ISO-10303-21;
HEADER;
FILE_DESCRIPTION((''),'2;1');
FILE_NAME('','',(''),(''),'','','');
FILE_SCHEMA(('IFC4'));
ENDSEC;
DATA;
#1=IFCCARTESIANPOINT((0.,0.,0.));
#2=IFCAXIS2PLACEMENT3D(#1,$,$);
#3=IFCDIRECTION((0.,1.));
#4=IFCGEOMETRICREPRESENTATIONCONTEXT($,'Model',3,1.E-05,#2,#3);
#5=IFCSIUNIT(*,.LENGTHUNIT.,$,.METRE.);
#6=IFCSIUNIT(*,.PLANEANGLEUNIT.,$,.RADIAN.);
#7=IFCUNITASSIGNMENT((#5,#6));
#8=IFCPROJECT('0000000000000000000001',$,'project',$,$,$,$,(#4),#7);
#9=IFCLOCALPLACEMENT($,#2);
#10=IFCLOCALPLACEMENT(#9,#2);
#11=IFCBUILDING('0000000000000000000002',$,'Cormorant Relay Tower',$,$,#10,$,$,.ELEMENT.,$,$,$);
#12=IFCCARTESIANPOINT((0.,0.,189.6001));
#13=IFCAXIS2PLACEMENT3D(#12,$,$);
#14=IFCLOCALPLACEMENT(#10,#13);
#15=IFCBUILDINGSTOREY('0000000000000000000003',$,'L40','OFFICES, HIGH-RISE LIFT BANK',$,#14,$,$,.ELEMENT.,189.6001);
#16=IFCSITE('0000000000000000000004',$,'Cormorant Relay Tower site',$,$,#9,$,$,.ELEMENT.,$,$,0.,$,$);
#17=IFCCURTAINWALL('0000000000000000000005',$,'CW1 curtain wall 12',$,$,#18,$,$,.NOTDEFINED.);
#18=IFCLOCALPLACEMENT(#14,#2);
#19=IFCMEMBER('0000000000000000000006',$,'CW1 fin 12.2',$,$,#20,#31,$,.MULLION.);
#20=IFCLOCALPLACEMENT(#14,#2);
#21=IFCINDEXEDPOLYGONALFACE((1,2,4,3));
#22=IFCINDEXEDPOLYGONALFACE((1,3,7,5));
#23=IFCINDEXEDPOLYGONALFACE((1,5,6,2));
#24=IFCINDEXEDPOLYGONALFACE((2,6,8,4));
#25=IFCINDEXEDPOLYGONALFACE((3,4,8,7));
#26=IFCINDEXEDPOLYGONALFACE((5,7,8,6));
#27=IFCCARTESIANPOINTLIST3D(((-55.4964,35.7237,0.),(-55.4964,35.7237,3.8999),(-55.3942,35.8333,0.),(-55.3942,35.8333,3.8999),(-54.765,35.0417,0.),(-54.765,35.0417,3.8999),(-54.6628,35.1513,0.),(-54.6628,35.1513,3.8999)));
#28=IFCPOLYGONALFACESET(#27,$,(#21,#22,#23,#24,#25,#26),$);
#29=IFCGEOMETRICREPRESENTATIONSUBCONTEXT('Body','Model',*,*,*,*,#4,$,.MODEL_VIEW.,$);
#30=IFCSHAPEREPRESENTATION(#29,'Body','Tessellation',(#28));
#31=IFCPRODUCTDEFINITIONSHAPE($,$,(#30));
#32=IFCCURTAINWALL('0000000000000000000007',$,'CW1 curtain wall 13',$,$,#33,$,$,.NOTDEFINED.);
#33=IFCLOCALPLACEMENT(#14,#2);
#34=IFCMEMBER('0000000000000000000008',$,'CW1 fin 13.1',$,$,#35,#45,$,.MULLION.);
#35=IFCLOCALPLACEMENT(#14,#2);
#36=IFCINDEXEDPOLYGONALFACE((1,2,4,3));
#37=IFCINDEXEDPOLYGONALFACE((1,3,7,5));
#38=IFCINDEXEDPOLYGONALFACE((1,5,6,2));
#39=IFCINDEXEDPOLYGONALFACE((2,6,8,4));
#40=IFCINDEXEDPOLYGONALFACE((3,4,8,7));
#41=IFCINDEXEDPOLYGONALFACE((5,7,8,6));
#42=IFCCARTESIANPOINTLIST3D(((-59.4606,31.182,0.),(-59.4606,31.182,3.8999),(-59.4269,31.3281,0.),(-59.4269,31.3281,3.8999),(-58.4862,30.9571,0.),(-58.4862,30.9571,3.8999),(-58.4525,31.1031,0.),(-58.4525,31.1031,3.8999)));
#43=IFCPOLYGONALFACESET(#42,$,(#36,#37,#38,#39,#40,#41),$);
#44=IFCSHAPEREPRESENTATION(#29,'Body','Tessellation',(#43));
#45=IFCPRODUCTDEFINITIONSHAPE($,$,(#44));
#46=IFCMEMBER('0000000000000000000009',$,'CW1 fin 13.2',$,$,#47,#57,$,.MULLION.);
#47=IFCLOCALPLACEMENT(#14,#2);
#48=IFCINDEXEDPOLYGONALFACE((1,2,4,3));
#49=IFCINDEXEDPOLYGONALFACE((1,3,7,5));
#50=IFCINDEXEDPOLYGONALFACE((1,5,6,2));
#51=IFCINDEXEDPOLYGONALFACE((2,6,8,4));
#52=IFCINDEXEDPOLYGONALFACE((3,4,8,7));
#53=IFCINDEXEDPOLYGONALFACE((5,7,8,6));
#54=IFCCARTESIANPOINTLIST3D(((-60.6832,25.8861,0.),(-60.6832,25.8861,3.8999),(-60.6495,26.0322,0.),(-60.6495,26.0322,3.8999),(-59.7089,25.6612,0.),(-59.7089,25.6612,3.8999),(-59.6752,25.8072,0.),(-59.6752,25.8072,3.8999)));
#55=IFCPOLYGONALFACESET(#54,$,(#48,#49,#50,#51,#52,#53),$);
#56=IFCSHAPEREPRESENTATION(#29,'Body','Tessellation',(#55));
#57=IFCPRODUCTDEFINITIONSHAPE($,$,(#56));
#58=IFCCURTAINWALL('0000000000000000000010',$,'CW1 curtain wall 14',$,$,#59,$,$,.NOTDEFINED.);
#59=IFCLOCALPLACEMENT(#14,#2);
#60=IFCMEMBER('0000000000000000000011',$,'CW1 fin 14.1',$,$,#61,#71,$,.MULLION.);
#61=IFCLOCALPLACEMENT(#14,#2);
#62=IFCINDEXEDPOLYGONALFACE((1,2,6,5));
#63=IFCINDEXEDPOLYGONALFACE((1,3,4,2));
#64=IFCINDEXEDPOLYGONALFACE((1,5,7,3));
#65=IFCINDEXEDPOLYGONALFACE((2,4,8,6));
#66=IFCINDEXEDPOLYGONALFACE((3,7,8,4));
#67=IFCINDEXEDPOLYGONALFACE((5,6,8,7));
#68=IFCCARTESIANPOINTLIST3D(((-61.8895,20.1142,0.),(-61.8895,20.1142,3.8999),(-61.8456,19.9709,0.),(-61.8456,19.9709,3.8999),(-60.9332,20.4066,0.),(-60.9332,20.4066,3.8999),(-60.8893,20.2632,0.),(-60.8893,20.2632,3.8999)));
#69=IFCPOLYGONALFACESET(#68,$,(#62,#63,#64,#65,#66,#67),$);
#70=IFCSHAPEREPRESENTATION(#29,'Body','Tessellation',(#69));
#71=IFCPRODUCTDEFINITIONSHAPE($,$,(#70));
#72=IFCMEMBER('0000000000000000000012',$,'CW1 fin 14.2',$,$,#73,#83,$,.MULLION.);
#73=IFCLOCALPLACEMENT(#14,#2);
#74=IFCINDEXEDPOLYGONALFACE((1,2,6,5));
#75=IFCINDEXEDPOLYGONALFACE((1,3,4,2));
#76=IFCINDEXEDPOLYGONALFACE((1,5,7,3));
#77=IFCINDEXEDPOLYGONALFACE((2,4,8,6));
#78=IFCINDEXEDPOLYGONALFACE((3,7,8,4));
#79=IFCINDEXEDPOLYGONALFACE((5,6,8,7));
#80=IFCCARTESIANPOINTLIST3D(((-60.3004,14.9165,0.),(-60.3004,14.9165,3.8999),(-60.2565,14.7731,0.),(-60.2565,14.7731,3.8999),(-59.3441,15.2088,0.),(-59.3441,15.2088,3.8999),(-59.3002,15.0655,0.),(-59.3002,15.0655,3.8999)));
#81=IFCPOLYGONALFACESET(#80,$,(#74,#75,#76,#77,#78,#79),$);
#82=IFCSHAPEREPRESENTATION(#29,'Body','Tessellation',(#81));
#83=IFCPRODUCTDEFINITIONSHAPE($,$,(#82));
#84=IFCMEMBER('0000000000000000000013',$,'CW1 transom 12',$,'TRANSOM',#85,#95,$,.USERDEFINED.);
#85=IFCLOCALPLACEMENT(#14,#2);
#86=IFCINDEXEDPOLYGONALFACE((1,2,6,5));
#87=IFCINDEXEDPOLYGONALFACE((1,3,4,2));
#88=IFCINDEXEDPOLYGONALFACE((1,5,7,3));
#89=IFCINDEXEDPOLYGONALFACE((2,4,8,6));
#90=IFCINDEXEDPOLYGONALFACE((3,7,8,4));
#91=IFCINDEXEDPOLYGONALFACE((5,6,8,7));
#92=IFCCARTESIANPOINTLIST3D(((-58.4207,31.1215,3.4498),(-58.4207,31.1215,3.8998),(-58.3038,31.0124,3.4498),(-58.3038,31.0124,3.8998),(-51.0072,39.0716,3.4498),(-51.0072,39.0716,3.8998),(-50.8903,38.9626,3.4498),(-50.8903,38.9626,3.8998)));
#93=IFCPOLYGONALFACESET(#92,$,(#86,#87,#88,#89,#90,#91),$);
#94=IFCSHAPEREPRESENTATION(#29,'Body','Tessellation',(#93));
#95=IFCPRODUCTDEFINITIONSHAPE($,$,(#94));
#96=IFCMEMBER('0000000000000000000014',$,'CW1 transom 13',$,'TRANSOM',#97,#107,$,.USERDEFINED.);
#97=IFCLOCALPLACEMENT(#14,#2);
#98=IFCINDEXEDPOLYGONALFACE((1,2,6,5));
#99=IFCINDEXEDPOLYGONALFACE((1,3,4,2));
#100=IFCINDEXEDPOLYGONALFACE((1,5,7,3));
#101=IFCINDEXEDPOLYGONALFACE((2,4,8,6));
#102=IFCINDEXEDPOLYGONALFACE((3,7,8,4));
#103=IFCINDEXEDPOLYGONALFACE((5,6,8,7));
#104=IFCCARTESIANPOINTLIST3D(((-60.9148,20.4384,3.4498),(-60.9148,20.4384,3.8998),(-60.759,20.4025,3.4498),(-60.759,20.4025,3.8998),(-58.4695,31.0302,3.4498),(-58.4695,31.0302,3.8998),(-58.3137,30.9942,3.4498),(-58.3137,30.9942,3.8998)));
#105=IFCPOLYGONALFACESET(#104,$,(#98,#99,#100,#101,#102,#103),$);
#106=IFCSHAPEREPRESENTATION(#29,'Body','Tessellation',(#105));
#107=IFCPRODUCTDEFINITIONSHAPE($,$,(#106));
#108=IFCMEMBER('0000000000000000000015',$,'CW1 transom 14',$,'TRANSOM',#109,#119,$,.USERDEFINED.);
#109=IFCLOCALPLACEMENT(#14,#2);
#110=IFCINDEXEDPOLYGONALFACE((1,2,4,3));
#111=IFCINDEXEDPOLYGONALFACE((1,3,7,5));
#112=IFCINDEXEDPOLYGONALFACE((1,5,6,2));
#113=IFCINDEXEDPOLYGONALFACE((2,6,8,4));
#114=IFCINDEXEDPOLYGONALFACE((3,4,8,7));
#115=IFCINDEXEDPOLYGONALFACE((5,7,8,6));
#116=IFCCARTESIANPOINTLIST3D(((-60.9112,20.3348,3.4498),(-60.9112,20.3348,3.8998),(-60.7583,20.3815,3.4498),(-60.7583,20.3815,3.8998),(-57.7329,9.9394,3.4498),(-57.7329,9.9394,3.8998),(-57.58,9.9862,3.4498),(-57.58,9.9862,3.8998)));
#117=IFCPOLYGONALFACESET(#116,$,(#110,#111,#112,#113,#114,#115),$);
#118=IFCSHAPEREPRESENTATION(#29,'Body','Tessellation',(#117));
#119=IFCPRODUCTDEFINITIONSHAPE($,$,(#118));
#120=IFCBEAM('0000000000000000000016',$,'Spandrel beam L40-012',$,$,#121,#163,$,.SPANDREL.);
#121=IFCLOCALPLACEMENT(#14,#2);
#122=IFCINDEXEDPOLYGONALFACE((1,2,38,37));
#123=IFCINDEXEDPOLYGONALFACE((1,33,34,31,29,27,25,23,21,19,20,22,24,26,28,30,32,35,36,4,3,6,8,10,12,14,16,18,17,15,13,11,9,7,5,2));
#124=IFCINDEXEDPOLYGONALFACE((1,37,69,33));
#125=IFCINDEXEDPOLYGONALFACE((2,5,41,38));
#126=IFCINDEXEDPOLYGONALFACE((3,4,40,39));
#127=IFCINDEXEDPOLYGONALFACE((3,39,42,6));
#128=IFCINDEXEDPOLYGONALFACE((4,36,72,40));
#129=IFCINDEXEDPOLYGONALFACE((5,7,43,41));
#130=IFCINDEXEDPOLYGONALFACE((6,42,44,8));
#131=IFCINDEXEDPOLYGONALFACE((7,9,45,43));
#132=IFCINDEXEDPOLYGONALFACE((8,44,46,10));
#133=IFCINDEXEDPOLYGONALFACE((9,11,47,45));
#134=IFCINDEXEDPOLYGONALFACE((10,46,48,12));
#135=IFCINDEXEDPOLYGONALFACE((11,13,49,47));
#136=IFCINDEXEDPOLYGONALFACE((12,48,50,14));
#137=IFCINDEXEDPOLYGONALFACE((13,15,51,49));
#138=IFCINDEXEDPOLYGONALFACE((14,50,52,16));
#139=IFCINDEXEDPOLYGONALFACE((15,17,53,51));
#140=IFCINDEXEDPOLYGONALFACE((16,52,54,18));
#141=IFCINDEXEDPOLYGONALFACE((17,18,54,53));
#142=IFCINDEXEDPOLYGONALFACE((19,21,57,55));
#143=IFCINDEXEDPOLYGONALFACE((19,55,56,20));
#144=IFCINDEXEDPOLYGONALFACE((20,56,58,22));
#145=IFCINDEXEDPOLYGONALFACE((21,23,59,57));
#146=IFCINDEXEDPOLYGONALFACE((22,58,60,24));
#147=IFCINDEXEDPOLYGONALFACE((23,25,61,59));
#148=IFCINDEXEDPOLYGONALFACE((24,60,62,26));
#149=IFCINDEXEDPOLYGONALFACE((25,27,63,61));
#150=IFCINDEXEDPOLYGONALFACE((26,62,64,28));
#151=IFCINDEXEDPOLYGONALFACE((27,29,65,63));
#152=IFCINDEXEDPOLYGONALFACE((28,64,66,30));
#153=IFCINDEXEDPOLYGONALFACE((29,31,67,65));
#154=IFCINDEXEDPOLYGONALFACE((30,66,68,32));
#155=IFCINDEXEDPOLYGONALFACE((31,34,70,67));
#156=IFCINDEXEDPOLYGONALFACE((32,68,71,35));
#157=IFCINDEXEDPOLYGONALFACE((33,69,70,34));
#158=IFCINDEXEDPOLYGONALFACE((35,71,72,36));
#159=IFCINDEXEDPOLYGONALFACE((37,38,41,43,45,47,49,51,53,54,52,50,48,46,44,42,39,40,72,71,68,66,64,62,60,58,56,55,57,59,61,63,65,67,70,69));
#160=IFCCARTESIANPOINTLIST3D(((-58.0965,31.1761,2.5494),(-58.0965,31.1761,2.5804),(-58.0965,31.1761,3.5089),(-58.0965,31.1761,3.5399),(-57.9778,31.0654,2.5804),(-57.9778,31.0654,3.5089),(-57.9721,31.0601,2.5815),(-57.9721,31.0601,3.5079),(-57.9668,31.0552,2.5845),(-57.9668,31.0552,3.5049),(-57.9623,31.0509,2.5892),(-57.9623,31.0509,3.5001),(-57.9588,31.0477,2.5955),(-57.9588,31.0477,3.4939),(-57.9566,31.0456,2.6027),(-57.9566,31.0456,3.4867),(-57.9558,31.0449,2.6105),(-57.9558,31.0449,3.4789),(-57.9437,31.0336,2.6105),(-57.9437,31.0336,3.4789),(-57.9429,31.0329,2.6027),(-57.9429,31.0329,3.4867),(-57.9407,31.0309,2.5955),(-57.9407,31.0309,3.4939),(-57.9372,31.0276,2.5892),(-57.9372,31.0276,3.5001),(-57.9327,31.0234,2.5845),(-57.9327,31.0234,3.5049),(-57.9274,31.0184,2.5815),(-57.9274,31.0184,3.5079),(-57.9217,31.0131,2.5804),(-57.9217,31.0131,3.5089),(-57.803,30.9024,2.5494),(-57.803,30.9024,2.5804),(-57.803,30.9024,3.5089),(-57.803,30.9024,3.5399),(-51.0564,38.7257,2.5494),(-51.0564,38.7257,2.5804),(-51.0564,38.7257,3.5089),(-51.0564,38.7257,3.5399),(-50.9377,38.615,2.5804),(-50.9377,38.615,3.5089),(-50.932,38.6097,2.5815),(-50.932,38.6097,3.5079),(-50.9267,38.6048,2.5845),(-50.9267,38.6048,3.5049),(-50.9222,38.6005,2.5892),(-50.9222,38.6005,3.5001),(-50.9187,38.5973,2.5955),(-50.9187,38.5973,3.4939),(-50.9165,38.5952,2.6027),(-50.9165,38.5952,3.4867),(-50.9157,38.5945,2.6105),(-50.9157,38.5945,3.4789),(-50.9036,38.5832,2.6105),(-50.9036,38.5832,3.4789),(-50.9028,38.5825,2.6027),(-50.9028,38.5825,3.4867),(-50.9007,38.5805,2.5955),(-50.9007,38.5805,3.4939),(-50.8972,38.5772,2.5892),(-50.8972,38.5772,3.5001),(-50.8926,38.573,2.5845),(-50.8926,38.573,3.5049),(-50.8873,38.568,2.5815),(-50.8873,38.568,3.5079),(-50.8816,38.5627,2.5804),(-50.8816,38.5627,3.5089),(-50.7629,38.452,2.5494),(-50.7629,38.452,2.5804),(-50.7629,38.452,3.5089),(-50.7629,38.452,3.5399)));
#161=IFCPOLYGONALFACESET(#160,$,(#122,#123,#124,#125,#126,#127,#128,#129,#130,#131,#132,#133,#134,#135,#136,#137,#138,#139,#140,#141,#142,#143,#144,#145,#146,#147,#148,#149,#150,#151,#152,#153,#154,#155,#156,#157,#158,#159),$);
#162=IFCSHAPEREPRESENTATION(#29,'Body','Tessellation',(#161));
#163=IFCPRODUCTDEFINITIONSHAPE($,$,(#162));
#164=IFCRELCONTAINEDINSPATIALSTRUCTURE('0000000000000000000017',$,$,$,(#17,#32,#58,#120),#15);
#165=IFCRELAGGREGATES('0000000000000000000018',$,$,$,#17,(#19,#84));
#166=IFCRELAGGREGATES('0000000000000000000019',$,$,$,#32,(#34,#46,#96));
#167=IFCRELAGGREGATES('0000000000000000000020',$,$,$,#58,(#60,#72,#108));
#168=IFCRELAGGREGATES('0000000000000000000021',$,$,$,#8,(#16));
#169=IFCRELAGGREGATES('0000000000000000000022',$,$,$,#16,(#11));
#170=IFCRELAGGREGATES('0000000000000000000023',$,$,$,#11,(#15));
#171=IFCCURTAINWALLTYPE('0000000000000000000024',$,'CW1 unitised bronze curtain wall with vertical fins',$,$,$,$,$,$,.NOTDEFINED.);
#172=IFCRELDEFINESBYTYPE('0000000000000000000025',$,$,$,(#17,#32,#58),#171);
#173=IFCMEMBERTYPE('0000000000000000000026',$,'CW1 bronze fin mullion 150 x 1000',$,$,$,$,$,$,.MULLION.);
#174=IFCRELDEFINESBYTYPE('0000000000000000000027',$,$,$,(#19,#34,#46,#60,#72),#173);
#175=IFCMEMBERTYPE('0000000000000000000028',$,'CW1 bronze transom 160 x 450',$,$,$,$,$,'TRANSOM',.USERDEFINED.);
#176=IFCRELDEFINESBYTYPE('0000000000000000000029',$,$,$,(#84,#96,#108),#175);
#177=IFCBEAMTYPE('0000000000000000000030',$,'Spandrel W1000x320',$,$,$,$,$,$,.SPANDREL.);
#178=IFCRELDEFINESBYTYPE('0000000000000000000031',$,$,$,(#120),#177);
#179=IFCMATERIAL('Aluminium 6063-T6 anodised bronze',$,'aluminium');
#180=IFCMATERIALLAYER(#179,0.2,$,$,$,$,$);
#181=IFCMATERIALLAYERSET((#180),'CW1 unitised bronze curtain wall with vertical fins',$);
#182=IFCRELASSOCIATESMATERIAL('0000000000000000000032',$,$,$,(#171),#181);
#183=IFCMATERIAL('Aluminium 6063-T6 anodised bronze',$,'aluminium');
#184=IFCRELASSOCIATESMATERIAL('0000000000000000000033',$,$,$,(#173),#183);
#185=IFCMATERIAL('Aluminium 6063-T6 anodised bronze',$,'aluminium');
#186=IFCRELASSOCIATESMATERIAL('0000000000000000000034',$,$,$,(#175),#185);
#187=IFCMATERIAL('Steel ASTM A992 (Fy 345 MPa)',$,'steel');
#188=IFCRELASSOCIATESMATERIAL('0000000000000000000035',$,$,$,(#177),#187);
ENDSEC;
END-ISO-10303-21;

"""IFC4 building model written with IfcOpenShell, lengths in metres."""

from ifc_helpers import new_model, si_unit, direction, frame, origin, origin_2d, place, context, subcontext, project, spatial, rectangle, i_section, extrude, material, layer, layer_set, material_profile, profile_set, type_object, element, aggregate, save


model = new_model("IFC4")

# Units and contexts
model_context = context("Model", 3, precision=1e-05, world=origin(), true_north=direction((0.0, 1.0)))
body_context = subcontext(model_context, "Body", "Model", "MODEL_VIEW")
ifc_project = project(units=[si_unit("LENGTHUNIT", "METRE"), si_unit("PLANEANGLEUNIT", "RADIAN")], contexts=[model_context])

# Site, building, storey
site_placement = place(None, origin())
site = spatial("IfcSite", under=ifc_project, at=site_placement, Name="Cormorant Relay Tower site", CompositionType="ELEMENT", RefElevation=0.0)
building_placement = place(site_placement, origin())
building = spatial("IfcBuilding", under=site, at=building_placement, Name="Cormorant Relay Tower", CompositionType="ELEMENT")
storey_placement = place(building_placement, frame((0.0, 0.0, 189.6001)))
storey = spatial("IfcBuildingStorey", under=building, at=storey_placement, Name="L40", Description="OFFICES, HIGH-RISE LIFT BANK", CompositionType="ELEMENT", Elevation=189.6001)

# Curtain walls, members
ifc_material_1 = material(Name="Aluminium 6063-T6 anodised bronze", Category="aluminium")
ifc_layer_1 = layer(ifc_material_1, 0.2)
ifc_layer_set_1 = layer_set([ifc_layer_1], Name="CW1 unitised bronze curtain wall with vertical fins")
curtain_wall_type = type_object("IfcCurtainWallType", Name="CW1 unitised bronze curtain wall with vertical fins", PredefinedType="NOTDEFINED", material=ifc_layer_set_1)
curtain_wall_1_placement = place(storey_placement, origin())
curtain_wall_1 = element("IfcCurtainWall", 1, at=curtain_wall_1_placement, inside=storey, type_object=curtain_wall_type, Name="CW1 curtain wall 12", PredefinedType="NOTDEFINED")
ifc_material_2 = material(Name="Aluminium 6063-T6 anodised bronze", Category="aluminium")
ifc_material_profile_1 = material_profile(ifc_material_2, rectangle(XDim=0.1499, YDim=1.0, at=origin_2d()), Name="AL 150x1000")
ifc_profile_set_1 = profile_set([ifc_material_profile_1], Name="Aluminium 6063-T6 anodised bronze")
member_type_1 = type_object("IfcMemberType", Name="CW1 bronze fin mullion 150 x 1000", PredefinedType="MULLION", material=ifc_profile_set_1)
member_1_placement = place(storey_placement, frame((-55.0796, 35.4375, 0.0), z_axis=(0.0, 0.0, 1.0), x_axis=(-0.681998, -0.731354, 0.0)))
member_1 = element("IfcMember", 2, at=member_1_placement, type_object=member_type_1, Name="CW1 fin 12.2", PredefinedType="MULLION", context=body_context, shape_type="SweptSolid", body=[
    extrude(rectangle(XDim=0.1499, YDim=1.0, at=origin_2d()), origin(), (0.0, 0.0, 1.0), 3.8999),
])
curtain_wall_2_placement = place(storey_placement, origin())
curtain_wall_2 = element("IfcCurtainWall", 3, at=curtain_wall_2_placement, inside=storey, type_object=curtain_wall_type, Name="CW1 curtain wall 13", PredefinedType="NOTDEFINED")
member_2_placement = place(storey_placement, frame((-58.9565, 31.1426, 0.0), z_axis=(0.0, 0.0, 1.0), x_axis=(-0.224951, -0.97437, 0.0)))
member_2 = element("IfcMember", 4, at=member_2_placement, type_object=member_type_1, Name="CW1 fin 13.1", PredefinedType="MULLION", context=body_context, shape_type="SweptSolid", body=[
    extrude(rectangle(XDim=0.1499, YDim=1.0, at=origin_2d()), origin(), (0.0, 0.0, 1.0), 3.8999),
])
member_3_placement = place(storey_placement, frame((-60.1792, 25.8467, 0.0), z_axis=(0.0, 0.0, 1.0), x_axis=(-0.224951, -0.97437, 0.0)))
member_3 = element("IfcMember", 5, at=member_3_placement, type_object=member_type_1, Name="CW1 fin 13.2", PredefinedType="MULLION", context=body_context, shape_type="SweptSolid", body=[
    extrude(rectangle(XDim=0.1499, YDim=1.0, at=origin_2d()), origin(), (0.0, 0.0, 1.0), 3.8999),
])
curtain_wall_3_placement = place(storey_placement, origin())
curtain_wall_3 = element("IfcCurtainWall", 6, at=curtain_wall_3_placement, inside=storey, type_object=curtain_wall_type, Name="CW1 curtain wall 14", PredefinedType="NOTDEFINED")
member_4_placement = place(storey_placement, frame((-61.3894, 20.1887, 0.0), z_axis=(0.0, 0.0, 1.0), x_axis=(0.292372, -0.956305, 0.0)))
member_4 = element("IfcMember", 7, at=member_4_placement, type_object=member_type_1, Name="CW1 fin 14.1", PredefinedType="MULLION", context=body_context, shape_type="SweptSolid", body=[
    extrude(rectangle(XDim=0.1499, YDim=1.0, at=origin_2d()), origin(), (0.0, 0.0, 1.0), 3.8999),
])
member_5_placement = place(storey_placement, frame((-59.8003, 14.991, 0.0), z_axis=(0.0, 0.0, 1.0), x_axis=(0.292372, -0.956305, 0.0)))
member_5 = element("IfcMember", 8, at=member_5_placement, type_object=member_type_1, Name="CW1 fin 14.2", PredefinedType="MULLION", context=body_context, shape_type="SweptSolid", body=[
    extrude(rectangle(XDim=0.1499, YDim=1.0, at=origin_2d()), origin(), (0.0, 0.0, 1.0), 3.8999),
])

# Members
ifc_material_3 = material(Name="Aluminium 6063-T6 anodised bronze", Category="aluminium")
ifc_material_profile_2 = material_profile(ifc_material_3, rectangle(XDim=0.1599, YDim=0.45, at=origin_2d()), Name="AL 160x450")
ifc_profile_set_2 = profile_set([ifc_material_profile_2], Name="Aluminium 6063-T6 anodised bronze")
member_type_2 = type_object("IfcMemberType", Name="CW1 bronze transom 160 x 450", ElementType="TRANSOM", PredefinedType="USERDEFINED", material=ifc_profile_set_2)
member_6_placement = place(storey_placement, frame((-50.9487, 39.0171, 3.6748), z_axis=(-0.681993, -0.731358, 0.0), x_axis=(0.731358, -0.681993, 0.0)))
member_6 = element("IfcMember", 9, at=member_6_placement, type_object=member_type_2, Name="CW1 transom 12", ObjectType="TRANSOM", PredefinedType="USERDEFINED", context=body_context, shape_type="SweptSolid", body=[
    extrude(rectangle(XDim=0.1599, YDim=0.45, at=origin_2d()), origin(), (0.0, 0.0, 1.0), 10.8704),
])
member_7_placement = place(storey_placement, frame((-58.3916, 31.0122, 3.6748), z_axis=(-0.224951, -0.97437, 0.0), x_axis=(0.97437, -0.224951, 0.0)))
member_7 = element("IfcMember", 10, at=member_7_placement, type_object=member_type_2, Name="CW1 transom 13", ObjectType="TRANSOM", PredefinedType="USERDEFINED", context=body_context, shape_type="SweptSolid", body=[
    extrude(rectangle(XDim=0.1599, YDim=0.45, at=origin_2d()), origin(), (0.0, 0.0, 1.0), 10.8704),
])
member_8_placement = place(storey_placement, frame((-60.8347, 20.3582, 3.6748), z_axis=(0.292378, -0.956303, 0.0), x_axis=(0.956303, 0.292378, 0.0)))
member_8 = element("IfcMember", 11, at=member_8_placement, type_object=member_type_2, Name="CW1 transom 14", ObjectType="TRANSOM", PredefinedType="USERDEFINED", context=body_context, shape_type="SweptSolid", body=[
    extrude(rectangle(XDim=0.1599, YDim=0.45, at=origin_2d()), origin(), (0.0, 0.0, 1.0), 10.8704),
])

# Beam
ifc_material_4 = material(Name="Steel ASTM A992 (Fy 345 MPa)", Category="steel")
ifc_material_profile_3 = material_profile(ifc_material_4, i_section(OverallWidth=0.4014, OverallDepth=0.9905, WebThickness=0.0166, FlangeThickness=0.031, FilletRadius=0.03, at=origin_2d()), Name="W1000x320")
ifc_profile_set_3 = profile_set([ifc_material_profile_3], Name="Steel ASTM A992 (Fy 345 MPa)")
beam_type = type_object("IfcBeamType", Name="Spandrel W1000x320", PredefinedType="SPANDREL", material=ifc_profile_set_3)
beam_1_placement = place(storey_placement, frame((-50.9097, 38.5889, 3.0447), z_axis=(-0.681996, -0.731356, 0.0), x_axis=(0.731356, -0.681996, 0.0)))
element("IfcBeam", 12, at=beam_1_placement, inside=storey, type_object=beam_type, Name="Spandrel beam L40-012", PredefinedType="SPANDREL", context=body_context, shape_type="SweptSolid", body=[
    extrude(i_section(OverallWidth=0.4014, OverallDepth=0.9905, WebThickness=0.0166, FlangeThickness=0.031, FilletRadius=0.03, at=origin_2d()), origin(), (0.0, 0.0, 1.0), 10.3228),
])

aggregate(curtain_wall_1, [member_1, member_6])
aggregate(curtain_wall_2, [member_2, member_3, member_7])
aggregate(curtain_wall_3, [member_4, member_5, member_8])

save(model, "model.ifc")
